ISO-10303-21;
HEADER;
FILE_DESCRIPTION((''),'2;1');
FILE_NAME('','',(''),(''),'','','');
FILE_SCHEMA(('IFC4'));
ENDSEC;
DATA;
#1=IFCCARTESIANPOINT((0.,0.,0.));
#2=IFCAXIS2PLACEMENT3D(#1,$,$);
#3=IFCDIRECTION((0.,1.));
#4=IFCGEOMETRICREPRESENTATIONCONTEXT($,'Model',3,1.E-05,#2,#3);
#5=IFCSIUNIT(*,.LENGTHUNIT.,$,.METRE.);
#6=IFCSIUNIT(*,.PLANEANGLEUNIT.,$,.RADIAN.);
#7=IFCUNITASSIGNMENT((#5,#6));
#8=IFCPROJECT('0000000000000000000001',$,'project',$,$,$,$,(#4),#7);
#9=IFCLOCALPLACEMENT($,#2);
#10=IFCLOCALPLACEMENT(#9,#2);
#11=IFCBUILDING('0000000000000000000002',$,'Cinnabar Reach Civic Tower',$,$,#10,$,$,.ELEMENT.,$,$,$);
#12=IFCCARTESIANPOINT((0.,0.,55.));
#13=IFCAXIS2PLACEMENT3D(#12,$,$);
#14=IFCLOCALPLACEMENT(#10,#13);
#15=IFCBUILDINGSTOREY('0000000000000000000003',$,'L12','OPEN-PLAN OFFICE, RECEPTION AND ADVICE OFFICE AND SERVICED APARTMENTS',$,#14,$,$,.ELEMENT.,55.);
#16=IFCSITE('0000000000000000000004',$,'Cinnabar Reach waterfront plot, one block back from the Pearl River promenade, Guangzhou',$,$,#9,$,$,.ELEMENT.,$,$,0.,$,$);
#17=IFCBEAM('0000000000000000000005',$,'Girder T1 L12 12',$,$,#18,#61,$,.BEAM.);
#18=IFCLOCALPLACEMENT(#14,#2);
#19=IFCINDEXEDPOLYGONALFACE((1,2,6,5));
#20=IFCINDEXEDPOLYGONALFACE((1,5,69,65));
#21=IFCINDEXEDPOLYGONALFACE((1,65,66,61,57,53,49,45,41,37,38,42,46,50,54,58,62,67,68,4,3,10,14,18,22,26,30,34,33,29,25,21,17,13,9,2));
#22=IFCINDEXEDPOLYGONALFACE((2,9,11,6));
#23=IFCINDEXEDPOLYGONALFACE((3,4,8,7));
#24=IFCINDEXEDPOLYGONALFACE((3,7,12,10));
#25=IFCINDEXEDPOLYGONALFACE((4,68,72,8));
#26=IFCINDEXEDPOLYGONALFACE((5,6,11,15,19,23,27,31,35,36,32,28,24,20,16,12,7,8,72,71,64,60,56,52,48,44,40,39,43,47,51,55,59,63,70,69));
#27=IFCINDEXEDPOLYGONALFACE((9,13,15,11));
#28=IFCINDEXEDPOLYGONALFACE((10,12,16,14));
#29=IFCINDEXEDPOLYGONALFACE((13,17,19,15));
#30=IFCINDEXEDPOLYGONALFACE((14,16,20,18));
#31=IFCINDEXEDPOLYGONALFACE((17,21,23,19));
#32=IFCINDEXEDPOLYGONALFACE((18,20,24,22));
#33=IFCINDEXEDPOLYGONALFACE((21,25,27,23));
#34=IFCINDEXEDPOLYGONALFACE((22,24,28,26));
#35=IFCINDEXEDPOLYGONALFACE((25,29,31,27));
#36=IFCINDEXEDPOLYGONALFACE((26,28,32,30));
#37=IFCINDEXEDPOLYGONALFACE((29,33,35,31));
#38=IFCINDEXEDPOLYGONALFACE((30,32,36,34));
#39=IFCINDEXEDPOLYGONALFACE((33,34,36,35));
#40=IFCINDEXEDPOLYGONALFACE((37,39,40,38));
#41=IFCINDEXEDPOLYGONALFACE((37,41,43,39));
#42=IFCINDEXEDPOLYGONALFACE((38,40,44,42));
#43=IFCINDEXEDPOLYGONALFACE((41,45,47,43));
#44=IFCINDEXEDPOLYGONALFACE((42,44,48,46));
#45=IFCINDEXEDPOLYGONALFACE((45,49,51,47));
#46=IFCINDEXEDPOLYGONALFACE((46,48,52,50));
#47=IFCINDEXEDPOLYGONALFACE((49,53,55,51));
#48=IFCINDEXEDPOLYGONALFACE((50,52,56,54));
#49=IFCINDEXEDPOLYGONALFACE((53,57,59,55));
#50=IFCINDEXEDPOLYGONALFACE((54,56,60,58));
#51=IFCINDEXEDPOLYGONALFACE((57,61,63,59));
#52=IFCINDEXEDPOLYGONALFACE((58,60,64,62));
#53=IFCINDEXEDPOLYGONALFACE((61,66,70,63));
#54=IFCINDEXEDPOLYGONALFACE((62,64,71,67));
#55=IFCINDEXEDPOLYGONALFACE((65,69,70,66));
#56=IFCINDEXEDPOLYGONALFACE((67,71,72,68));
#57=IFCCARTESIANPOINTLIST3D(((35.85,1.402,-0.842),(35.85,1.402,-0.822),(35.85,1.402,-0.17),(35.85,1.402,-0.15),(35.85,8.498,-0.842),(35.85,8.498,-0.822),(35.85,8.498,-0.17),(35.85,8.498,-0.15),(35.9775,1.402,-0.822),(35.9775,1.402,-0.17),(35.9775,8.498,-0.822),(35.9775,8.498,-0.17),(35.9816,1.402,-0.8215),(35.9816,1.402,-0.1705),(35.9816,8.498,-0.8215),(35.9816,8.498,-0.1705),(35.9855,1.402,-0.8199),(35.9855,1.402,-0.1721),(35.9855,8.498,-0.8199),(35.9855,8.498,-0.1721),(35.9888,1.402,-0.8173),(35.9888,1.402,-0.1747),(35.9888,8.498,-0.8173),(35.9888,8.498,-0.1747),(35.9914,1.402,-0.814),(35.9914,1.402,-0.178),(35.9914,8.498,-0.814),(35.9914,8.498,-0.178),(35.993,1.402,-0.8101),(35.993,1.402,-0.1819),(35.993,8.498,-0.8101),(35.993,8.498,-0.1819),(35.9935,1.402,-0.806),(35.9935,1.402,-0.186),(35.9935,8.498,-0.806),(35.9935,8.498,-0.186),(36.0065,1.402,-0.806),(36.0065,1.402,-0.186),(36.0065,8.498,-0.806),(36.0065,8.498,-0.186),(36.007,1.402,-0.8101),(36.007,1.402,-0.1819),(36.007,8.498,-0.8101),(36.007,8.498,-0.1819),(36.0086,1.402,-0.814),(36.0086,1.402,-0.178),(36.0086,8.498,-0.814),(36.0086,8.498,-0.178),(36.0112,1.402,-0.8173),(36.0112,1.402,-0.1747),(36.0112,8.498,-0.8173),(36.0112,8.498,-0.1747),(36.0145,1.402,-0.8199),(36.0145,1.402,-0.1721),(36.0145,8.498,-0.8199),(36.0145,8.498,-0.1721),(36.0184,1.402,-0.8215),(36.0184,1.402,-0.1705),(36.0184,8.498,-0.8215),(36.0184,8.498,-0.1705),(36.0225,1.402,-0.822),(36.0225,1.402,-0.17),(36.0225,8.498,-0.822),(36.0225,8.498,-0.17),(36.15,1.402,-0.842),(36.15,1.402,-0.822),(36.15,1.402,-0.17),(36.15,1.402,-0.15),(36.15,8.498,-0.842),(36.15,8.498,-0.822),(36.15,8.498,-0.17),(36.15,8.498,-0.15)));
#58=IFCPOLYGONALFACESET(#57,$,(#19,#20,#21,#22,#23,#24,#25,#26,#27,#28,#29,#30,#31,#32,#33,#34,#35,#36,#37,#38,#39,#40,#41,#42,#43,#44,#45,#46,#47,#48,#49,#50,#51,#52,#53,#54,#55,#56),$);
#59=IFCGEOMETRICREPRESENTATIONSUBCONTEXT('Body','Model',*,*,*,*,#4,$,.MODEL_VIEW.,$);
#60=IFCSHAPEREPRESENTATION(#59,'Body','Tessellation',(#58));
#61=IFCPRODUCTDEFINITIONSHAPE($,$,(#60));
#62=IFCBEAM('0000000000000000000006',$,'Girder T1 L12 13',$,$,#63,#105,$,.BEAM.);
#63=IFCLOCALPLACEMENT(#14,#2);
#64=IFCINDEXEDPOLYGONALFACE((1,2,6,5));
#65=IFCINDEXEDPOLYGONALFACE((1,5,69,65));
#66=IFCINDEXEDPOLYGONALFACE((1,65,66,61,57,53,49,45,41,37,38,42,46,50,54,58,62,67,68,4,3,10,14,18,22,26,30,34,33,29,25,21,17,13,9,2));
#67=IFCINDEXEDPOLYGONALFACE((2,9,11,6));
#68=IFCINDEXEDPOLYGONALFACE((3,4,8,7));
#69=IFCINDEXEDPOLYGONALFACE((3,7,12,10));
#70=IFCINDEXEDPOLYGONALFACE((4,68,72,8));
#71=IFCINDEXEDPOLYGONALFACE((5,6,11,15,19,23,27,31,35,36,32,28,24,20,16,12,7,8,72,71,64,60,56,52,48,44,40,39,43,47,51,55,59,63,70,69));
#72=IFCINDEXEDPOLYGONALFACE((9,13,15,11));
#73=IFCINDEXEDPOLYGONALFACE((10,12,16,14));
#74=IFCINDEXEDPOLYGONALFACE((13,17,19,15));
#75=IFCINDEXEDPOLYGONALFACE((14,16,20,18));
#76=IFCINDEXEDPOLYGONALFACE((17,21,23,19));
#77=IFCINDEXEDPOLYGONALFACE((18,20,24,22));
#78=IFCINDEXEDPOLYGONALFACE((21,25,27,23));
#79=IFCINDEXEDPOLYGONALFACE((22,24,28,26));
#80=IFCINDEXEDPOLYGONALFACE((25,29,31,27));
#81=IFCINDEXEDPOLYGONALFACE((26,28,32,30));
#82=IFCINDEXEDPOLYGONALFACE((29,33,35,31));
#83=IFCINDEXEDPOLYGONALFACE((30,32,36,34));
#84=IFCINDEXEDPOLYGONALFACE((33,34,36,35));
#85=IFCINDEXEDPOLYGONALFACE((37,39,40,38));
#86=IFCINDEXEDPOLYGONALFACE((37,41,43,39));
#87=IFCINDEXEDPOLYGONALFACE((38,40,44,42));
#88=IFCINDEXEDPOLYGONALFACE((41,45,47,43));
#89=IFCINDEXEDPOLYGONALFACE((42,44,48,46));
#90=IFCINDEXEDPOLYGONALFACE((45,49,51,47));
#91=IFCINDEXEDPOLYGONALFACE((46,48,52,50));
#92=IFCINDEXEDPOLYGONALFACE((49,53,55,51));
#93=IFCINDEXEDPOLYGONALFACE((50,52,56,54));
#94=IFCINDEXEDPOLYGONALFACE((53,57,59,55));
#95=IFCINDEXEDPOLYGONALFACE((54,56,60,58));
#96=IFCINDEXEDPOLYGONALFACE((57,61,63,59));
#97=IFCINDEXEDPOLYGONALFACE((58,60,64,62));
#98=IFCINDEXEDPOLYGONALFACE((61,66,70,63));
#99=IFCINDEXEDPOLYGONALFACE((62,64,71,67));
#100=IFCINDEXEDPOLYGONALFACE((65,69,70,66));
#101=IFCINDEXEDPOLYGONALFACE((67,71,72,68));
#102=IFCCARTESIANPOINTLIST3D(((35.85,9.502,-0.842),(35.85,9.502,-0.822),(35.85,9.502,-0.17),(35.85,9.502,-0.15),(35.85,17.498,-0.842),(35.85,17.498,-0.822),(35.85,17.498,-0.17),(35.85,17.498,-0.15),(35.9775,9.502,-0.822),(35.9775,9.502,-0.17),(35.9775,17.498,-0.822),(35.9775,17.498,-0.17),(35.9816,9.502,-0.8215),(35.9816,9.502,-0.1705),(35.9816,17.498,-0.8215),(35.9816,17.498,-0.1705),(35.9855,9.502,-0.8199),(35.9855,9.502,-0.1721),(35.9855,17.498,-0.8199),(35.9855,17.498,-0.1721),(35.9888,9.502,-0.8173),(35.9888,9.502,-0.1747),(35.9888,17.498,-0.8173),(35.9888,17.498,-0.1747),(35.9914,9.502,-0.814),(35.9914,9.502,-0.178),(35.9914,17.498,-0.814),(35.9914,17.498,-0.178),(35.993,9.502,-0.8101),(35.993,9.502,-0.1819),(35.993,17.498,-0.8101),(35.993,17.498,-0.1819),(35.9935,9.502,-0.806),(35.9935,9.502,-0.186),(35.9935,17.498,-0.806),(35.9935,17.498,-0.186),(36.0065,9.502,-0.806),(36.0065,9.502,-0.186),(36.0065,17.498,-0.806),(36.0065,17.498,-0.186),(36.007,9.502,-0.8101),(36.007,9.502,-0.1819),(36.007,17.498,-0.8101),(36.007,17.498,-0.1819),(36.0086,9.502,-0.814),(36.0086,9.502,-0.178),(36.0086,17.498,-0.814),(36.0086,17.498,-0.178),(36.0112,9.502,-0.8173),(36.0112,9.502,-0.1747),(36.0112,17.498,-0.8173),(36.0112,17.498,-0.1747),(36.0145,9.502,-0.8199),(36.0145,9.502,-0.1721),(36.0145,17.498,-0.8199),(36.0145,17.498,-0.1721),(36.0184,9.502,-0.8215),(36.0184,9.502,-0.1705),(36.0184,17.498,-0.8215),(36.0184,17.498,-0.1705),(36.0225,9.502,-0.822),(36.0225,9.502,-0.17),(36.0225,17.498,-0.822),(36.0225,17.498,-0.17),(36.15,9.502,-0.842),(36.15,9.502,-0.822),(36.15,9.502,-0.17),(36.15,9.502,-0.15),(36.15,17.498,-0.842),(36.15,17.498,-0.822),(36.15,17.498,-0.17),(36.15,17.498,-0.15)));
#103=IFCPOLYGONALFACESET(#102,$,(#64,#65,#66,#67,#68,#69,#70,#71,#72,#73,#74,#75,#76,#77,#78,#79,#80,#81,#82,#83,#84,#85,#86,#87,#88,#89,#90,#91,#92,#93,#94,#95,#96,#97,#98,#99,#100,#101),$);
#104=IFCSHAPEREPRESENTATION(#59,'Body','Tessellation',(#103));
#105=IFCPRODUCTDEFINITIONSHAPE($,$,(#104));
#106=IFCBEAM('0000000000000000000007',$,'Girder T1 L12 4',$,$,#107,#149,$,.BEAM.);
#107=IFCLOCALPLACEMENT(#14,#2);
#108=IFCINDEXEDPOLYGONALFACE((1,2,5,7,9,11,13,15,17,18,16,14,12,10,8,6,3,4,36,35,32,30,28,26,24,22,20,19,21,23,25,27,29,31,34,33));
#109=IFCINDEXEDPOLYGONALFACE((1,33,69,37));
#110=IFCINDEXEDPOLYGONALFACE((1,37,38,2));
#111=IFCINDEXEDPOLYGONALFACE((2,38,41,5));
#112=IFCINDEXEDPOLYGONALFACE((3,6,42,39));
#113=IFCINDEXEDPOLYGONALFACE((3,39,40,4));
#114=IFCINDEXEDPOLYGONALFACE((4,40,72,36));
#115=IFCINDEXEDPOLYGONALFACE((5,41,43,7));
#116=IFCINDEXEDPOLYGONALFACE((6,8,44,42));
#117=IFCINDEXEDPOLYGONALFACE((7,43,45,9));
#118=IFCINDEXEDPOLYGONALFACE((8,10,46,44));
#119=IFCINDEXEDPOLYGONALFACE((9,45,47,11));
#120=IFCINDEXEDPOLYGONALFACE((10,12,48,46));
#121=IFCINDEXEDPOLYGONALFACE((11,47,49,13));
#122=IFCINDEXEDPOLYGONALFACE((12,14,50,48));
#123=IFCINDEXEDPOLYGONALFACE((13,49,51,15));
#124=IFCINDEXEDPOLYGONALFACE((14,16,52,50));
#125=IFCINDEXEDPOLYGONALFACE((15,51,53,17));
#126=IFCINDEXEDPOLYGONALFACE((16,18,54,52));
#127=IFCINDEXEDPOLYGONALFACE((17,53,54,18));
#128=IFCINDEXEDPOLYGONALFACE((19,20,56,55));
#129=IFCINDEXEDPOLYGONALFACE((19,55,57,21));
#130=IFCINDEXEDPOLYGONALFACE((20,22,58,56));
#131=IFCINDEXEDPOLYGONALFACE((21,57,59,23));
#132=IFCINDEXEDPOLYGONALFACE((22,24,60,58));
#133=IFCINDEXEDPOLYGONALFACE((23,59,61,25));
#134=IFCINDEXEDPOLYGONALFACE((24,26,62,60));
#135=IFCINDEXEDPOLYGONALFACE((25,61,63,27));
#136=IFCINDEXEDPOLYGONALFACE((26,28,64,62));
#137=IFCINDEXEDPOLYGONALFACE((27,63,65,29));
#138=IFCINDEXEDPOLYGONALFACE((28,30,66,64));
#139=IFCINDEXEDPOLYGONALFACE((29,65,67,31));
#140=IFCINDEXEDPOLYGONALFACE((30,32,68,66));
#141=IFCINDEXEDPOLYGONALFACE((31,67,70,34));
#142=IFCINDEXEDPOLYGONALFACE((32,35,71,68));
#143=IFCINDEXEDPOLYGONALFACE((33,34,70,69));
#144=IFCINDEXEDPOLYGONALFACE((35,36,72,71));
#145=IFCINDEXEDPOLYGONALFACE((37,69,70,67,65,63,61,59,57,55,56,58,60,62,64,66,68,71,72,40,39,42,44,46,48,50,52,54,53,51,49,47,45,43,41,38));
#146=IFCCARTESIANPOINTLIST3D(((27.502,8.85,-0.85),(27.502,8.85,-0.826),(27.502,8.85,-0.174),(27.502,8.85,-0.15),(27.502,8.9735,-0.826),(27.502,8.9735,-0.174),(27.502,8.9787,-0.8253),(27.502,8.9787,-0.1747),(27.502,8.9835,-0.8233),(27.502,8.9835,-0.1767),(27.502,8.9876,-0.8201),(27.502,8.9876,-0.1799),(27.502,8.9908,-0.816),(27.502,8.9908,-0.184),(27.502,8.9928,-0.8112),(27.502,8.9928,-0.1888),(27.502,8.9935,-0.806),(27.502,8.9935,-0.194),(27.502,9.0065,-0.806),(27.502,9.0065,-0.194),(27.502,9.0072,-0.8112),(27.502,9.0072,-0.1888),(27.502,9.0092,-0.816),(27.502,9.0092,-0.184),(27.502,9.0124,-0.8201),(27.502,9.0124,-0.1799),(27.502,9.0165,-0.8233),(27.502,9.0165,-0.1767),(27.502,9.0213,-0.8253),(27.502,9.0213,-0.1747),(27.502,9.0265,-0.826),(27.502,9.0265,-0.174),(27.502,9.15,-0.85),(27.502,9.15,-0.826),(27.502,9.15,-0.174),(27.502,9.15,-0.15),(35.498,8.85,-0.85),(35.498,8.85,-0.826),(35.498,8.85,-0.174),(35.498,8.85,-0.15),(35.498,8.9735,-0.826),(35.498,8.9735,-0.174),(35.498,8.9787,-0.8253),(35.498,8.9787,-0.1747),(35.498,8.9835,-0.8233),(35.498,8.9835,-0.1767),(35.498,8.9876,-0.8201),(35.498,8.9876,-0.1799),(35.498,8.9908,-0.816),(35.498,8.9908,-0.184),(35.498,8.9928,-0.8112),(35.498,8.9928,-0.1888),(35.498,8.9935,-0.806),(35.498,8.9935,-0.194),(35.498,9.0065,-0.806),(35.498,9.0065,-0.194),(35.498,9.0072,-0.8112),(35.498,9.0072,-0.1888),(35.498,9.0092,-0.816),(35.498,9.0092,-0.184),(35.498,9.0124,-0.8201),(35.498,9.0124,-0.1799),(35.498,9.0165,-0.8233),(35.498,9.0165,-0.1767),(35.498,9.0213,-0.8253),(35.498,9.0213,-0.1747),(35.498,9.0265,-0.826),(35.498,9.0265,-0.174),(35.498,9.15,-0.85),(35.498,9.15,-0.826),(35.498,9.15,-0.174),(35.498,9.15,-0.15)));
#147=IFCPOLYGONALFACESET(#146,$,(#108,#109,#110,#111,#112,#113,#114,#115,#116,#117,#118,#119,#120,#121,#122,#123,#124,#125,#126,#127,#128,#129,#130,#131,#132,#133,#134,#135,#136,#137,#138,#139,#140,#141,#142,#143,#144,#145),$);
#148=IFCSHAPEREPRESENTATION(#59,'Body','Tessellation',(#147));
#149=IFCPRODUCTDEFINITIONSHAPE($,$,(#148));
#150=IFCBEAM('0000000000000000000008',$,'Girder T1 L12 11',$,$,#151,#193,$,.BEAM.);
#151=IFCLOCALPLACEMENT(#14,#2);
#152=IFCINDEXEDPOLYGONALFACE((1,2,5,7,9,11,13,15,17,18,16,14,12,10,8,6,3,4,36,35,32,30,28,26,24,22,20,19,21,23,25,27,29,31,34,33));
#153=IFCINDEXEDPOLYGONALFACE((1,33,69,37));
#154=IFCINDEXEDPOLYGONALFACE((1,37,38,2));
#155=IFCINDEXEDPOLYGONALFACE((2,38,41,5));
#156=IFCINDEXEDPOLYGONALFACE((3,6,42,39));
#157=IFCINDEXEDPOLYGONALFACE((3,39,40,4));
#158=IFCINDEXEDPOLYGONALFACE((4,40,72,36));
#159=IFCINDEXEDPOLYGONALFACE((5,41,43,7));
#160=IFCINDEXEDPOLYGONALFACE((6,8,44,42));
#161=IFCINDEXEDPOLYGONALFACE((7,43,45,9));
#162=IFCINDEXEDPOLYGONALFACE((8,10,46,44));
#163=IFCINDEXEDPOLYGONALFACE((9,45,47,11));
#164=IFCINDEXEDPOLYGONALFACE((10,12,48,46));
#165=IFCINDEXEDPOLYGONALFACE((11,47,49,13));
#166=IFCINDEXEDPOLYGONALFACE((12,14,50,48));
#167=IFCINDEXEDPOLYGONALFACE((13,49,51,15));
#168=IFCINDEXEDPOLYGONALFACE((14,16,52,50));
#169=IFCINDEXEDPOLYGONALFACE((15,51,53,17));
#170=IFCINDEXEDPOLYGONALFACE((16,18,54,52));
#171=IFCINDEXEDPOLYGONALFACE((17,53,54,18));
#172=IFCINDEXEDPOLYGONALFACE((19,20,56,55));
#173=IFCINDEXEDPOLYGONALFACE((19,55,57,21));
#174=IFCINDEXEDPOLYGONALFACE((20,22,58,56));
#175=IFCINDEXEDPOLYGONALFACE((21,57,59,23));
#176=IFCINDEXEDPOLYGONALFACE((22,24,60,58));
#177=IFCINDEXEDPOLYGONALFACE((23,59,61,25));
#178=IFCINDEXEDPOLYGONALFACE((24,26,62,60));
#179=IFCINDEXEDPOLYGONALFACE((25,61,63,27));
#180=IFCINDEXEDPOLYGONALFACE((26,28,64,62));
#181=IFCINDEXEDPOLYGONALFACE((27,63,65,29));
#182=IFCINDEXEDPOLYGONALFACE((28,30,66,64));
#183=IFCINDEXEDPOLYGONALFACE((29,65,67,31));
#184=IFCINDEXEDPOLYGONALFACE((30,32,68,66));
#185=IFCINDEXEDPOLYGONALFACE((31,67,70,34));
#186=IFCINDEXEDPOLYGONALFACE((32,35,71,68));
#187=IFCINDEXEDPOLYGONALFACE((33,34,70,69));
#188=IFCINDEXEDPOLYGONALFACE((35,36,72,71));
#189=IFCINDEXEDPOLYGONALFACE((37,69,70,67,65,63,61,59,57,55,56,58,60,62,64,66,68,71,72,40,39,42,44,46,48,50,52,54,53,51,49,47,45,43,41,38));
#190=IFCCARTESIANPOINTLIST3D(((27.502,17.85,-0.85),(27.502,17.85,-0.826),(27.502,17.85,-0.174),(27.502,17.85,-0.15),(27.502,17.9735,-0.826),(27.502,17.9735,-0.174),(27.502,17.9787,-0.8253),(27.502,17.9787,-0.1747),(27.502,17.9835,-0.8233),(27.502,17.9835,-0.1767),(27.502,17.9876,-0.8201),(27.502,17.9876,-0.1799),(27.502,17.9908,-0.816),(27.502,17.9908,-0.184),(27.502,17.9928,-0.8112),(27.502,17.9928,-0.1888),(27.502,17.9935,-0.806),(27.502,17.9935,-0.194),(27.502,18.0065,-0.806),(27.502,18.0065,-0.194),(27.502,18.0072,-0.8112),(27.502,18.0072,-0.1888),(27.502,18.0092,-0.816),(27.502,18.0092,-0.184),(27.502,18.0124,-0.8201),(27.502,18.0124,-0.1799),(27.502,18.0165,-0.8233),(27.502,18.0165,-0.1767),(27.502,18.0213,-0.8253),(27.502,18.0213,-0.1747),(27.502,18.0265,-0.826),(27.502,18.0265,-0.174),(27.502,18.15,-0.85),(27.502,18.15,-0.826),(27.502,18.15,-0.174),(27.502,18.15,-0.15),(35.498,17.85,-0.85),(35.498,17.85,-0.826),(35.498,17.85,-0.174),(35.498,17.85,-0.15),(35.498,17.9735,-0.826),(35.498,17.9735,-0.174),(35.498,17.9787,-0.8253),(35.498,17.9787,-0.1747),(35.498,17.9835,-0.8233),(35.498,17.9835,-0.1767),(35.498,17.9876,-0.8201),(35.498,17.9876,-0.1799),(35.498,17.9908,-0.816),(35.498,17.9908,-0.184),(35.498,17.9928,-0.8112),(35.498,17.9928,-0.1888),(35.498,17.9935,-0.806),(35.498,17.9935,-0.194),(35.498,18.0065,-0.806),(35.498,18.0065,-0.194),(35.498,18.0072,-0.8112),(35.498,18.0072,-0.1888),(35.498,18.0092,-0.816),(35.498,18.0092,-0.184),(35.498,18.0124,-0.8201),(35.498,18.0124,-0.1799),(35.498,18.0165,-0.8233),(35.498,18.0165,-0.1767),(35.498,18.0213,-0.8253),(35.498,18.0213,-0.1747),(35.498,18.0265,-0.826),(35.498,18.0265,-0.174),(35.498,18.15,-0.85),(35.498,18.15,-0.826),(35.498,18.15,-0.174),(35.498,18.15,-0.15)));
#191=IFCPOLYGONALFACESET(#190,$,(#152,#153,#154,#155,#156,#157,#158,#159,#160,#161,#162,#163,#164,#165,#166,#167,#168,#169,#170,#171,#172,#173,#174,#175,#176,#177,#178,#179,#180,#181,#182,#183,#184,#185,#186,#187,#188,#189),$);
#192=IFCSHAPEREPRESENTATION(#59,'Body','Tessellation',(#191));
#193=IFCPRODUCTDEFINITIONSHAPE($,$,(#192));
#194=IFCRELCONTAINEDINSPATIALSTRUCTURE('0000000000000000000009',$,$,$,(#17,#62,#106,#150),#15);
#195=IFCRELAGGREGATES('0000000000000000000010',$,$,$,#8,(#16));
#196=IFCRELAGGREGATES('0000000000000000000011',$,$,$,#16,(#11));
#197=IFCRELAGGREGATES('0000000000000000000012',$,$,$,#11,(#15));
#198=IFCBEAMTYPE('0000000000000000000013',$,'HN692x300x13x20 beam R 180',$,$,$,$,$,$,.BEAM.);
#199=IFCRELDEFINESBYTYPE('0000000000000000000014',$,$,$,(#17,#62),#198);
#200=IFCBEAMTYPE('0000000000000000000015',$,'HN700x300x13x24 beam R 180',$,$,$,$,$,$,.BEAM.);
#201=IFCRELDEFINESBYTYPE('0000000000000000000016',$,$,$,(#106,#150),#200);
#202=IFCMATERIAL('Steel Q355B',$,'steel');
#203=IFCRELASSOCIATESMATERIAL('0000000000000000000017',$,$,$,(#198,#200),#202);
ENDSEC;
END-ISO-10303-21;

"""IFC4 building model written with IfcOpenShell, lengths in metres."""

from ifc_helpers import new_model, si_unit, direction, frame, origin, origin_2d, place, context, subcontext, project, spatial, i_section, extrude, material, material_profile, profile_set, type_object, element, save


model = new_model("IFC4")

# Units and contexts
model_context = context("Model", 3, precision=1e-05, world=origin(), true_north=direction((0.0, 1.0)))
body_context = subcontext(model_context, "Body", "Model", "MODEL_VIEW")
ifc_project = project(units=[si_unit("LENGTHUNIT", "METRE"), si_unit("PLANEANGLEUNIT", "RADIAN")], contexts=[model_context])

# Site, building, storey
site_placement = place(None, origin())
site = spatial("IfcSite", under=ifc_project, at=site_placement, Name="Cinnabar Reach waterfront plot, one block back from the Pearl River promenade, Guangzhou", CompositionType="ELEMENT", RefElevation=0.0)
building_placement = place(site_placement, origin())
building = spatial("IfcBuilding", under=site, at=building_placement, Name="Cinnabar Reach Civic Tower", CompositionType="ELEMENT")
storey_placement = place(building_placement, frame((0.0, 0.0, 55.0)))
storey = spatial("IfcBuildingStorey", under=building, at=storey_placement, Name="L12", Description="OPEN-PLAN OFFICE, RECEPTION AND ADVICE OFFICE AND SERVICED APARTMENTS", CompositionType="ELEMENT", Elevation=55.0)

# Beams
ifc_material_1 = material(Name="Steel Q355B", Category="steel")
ifc_material_profile_1 = material_profile(ifc_material_1, i_section(OverallWidth=0.3, OverallDepth=0.692, WebThickness=0.013, FlangeThickness=0.02, FilletRadius=0.016, at=origin_2d()), Name="HN692x300x13x20")
ifc_profile_set_1 = profile_set([ifc_material_profile_1], Name="Steel Q355B")
beam_type_1 = type_object("IfcBeamType", Name="HN692x300x13x20 beam R 180", PredefinedType="BEAM", material=ifc_profile_set_1)
beam_1_placement = place(storey_placement, frame((36.0, 1.402, -0.496), z_axis=(0.0, 1.0, 0.0), x_axis=(-1.0, 0.0, 0.0)))
element("IfcBeam", 1, at=beam_1_placement, inside=storey, type_object=beam_type_1, Name="Girder T1 L12 12", PredefinedType="BEAM", context=body_context, shape_type="SweptSolid", body=[
    extrude(i_section(OverallWidth=0.3, OverallDepth=0.692, WebThickness=0.013, FlangeThickness=0.02, FilletRadius=0.016, at=origin_2d()), origin(), (0.0, 0.0, 1.0), 7.096),
])
beam_2_placement = place(storey_placement, frame((36.0, 9.502, -0.496), z_axis=(0.0, 1.0, 0.0), x_axis=(-1.0, 0.0, 0.0)))
element("IfcBeam", 2, at=beam_2_placement, inside=storey, type_object=beam_type_1, Name="Girder T1 L12 13", PredefinedType="BEAM", context=body_context, shape_type="SweptSolid", body=[
    extrude(i_section(OverallWidth=0.3, OverallDepth=0.692, WebThickness=0.013, FlangeThickness=0.02, FilletRadius=0.016, at=origin_2d()), origin(), (0.0, 0.0, 1.0), 7.996),
])
ifc_material_profile_2 = material_profile(ifc_material_1, i_section(OverallWidth=0.3, OverallDepth=0.7, WebThickness=0.013, FlangeThickness=0.024, FilletRadius=0.02, at=origin_2d()), Name="HN700x300x13x24")
ifc_profile_set_2 = profile_set([ifc_material_profile_2], Name="Steel Q355B")
beam_type_2 = type_object("IfcBeamType", Name="HN700x300x13x24 beam R 180", PredefinedType="BEAM", material=ifc_profile_set_2)
for number, where, z_axis, x_axis, name in (
    (3, (27.502, 9.0, -0.5), (1.0, 0.0, 0.0), (0.0, 1.0, 0.0), "Girder T1 L12 4"),
    (4, (27.502, 18.0, -0.5), (1.0, 0.0, 0.0), (0.0, 1.0, 0.0), "Girder T1 L12 11"),
):
    element("IfcBeam", number, at=place(storey_placement, frame(where, z_axis=z_axis, x_axis=x_axis)), inside=storey, type_object=beam_type_2, Name=name, PredefinedType="BEAM", context=body_context, shape_type="SweptSolid", body=[
        extrude(i_section(OverallWidth=0.3, OverallDepth=0.7, WebThickness=0.013, FlangeThickness=0.024, FilletRadius=0.02, at=origin_2d()), origin(), (0.0, 0.0, 1.0), 7.996),
    ])

save(model, "model.ifc")
